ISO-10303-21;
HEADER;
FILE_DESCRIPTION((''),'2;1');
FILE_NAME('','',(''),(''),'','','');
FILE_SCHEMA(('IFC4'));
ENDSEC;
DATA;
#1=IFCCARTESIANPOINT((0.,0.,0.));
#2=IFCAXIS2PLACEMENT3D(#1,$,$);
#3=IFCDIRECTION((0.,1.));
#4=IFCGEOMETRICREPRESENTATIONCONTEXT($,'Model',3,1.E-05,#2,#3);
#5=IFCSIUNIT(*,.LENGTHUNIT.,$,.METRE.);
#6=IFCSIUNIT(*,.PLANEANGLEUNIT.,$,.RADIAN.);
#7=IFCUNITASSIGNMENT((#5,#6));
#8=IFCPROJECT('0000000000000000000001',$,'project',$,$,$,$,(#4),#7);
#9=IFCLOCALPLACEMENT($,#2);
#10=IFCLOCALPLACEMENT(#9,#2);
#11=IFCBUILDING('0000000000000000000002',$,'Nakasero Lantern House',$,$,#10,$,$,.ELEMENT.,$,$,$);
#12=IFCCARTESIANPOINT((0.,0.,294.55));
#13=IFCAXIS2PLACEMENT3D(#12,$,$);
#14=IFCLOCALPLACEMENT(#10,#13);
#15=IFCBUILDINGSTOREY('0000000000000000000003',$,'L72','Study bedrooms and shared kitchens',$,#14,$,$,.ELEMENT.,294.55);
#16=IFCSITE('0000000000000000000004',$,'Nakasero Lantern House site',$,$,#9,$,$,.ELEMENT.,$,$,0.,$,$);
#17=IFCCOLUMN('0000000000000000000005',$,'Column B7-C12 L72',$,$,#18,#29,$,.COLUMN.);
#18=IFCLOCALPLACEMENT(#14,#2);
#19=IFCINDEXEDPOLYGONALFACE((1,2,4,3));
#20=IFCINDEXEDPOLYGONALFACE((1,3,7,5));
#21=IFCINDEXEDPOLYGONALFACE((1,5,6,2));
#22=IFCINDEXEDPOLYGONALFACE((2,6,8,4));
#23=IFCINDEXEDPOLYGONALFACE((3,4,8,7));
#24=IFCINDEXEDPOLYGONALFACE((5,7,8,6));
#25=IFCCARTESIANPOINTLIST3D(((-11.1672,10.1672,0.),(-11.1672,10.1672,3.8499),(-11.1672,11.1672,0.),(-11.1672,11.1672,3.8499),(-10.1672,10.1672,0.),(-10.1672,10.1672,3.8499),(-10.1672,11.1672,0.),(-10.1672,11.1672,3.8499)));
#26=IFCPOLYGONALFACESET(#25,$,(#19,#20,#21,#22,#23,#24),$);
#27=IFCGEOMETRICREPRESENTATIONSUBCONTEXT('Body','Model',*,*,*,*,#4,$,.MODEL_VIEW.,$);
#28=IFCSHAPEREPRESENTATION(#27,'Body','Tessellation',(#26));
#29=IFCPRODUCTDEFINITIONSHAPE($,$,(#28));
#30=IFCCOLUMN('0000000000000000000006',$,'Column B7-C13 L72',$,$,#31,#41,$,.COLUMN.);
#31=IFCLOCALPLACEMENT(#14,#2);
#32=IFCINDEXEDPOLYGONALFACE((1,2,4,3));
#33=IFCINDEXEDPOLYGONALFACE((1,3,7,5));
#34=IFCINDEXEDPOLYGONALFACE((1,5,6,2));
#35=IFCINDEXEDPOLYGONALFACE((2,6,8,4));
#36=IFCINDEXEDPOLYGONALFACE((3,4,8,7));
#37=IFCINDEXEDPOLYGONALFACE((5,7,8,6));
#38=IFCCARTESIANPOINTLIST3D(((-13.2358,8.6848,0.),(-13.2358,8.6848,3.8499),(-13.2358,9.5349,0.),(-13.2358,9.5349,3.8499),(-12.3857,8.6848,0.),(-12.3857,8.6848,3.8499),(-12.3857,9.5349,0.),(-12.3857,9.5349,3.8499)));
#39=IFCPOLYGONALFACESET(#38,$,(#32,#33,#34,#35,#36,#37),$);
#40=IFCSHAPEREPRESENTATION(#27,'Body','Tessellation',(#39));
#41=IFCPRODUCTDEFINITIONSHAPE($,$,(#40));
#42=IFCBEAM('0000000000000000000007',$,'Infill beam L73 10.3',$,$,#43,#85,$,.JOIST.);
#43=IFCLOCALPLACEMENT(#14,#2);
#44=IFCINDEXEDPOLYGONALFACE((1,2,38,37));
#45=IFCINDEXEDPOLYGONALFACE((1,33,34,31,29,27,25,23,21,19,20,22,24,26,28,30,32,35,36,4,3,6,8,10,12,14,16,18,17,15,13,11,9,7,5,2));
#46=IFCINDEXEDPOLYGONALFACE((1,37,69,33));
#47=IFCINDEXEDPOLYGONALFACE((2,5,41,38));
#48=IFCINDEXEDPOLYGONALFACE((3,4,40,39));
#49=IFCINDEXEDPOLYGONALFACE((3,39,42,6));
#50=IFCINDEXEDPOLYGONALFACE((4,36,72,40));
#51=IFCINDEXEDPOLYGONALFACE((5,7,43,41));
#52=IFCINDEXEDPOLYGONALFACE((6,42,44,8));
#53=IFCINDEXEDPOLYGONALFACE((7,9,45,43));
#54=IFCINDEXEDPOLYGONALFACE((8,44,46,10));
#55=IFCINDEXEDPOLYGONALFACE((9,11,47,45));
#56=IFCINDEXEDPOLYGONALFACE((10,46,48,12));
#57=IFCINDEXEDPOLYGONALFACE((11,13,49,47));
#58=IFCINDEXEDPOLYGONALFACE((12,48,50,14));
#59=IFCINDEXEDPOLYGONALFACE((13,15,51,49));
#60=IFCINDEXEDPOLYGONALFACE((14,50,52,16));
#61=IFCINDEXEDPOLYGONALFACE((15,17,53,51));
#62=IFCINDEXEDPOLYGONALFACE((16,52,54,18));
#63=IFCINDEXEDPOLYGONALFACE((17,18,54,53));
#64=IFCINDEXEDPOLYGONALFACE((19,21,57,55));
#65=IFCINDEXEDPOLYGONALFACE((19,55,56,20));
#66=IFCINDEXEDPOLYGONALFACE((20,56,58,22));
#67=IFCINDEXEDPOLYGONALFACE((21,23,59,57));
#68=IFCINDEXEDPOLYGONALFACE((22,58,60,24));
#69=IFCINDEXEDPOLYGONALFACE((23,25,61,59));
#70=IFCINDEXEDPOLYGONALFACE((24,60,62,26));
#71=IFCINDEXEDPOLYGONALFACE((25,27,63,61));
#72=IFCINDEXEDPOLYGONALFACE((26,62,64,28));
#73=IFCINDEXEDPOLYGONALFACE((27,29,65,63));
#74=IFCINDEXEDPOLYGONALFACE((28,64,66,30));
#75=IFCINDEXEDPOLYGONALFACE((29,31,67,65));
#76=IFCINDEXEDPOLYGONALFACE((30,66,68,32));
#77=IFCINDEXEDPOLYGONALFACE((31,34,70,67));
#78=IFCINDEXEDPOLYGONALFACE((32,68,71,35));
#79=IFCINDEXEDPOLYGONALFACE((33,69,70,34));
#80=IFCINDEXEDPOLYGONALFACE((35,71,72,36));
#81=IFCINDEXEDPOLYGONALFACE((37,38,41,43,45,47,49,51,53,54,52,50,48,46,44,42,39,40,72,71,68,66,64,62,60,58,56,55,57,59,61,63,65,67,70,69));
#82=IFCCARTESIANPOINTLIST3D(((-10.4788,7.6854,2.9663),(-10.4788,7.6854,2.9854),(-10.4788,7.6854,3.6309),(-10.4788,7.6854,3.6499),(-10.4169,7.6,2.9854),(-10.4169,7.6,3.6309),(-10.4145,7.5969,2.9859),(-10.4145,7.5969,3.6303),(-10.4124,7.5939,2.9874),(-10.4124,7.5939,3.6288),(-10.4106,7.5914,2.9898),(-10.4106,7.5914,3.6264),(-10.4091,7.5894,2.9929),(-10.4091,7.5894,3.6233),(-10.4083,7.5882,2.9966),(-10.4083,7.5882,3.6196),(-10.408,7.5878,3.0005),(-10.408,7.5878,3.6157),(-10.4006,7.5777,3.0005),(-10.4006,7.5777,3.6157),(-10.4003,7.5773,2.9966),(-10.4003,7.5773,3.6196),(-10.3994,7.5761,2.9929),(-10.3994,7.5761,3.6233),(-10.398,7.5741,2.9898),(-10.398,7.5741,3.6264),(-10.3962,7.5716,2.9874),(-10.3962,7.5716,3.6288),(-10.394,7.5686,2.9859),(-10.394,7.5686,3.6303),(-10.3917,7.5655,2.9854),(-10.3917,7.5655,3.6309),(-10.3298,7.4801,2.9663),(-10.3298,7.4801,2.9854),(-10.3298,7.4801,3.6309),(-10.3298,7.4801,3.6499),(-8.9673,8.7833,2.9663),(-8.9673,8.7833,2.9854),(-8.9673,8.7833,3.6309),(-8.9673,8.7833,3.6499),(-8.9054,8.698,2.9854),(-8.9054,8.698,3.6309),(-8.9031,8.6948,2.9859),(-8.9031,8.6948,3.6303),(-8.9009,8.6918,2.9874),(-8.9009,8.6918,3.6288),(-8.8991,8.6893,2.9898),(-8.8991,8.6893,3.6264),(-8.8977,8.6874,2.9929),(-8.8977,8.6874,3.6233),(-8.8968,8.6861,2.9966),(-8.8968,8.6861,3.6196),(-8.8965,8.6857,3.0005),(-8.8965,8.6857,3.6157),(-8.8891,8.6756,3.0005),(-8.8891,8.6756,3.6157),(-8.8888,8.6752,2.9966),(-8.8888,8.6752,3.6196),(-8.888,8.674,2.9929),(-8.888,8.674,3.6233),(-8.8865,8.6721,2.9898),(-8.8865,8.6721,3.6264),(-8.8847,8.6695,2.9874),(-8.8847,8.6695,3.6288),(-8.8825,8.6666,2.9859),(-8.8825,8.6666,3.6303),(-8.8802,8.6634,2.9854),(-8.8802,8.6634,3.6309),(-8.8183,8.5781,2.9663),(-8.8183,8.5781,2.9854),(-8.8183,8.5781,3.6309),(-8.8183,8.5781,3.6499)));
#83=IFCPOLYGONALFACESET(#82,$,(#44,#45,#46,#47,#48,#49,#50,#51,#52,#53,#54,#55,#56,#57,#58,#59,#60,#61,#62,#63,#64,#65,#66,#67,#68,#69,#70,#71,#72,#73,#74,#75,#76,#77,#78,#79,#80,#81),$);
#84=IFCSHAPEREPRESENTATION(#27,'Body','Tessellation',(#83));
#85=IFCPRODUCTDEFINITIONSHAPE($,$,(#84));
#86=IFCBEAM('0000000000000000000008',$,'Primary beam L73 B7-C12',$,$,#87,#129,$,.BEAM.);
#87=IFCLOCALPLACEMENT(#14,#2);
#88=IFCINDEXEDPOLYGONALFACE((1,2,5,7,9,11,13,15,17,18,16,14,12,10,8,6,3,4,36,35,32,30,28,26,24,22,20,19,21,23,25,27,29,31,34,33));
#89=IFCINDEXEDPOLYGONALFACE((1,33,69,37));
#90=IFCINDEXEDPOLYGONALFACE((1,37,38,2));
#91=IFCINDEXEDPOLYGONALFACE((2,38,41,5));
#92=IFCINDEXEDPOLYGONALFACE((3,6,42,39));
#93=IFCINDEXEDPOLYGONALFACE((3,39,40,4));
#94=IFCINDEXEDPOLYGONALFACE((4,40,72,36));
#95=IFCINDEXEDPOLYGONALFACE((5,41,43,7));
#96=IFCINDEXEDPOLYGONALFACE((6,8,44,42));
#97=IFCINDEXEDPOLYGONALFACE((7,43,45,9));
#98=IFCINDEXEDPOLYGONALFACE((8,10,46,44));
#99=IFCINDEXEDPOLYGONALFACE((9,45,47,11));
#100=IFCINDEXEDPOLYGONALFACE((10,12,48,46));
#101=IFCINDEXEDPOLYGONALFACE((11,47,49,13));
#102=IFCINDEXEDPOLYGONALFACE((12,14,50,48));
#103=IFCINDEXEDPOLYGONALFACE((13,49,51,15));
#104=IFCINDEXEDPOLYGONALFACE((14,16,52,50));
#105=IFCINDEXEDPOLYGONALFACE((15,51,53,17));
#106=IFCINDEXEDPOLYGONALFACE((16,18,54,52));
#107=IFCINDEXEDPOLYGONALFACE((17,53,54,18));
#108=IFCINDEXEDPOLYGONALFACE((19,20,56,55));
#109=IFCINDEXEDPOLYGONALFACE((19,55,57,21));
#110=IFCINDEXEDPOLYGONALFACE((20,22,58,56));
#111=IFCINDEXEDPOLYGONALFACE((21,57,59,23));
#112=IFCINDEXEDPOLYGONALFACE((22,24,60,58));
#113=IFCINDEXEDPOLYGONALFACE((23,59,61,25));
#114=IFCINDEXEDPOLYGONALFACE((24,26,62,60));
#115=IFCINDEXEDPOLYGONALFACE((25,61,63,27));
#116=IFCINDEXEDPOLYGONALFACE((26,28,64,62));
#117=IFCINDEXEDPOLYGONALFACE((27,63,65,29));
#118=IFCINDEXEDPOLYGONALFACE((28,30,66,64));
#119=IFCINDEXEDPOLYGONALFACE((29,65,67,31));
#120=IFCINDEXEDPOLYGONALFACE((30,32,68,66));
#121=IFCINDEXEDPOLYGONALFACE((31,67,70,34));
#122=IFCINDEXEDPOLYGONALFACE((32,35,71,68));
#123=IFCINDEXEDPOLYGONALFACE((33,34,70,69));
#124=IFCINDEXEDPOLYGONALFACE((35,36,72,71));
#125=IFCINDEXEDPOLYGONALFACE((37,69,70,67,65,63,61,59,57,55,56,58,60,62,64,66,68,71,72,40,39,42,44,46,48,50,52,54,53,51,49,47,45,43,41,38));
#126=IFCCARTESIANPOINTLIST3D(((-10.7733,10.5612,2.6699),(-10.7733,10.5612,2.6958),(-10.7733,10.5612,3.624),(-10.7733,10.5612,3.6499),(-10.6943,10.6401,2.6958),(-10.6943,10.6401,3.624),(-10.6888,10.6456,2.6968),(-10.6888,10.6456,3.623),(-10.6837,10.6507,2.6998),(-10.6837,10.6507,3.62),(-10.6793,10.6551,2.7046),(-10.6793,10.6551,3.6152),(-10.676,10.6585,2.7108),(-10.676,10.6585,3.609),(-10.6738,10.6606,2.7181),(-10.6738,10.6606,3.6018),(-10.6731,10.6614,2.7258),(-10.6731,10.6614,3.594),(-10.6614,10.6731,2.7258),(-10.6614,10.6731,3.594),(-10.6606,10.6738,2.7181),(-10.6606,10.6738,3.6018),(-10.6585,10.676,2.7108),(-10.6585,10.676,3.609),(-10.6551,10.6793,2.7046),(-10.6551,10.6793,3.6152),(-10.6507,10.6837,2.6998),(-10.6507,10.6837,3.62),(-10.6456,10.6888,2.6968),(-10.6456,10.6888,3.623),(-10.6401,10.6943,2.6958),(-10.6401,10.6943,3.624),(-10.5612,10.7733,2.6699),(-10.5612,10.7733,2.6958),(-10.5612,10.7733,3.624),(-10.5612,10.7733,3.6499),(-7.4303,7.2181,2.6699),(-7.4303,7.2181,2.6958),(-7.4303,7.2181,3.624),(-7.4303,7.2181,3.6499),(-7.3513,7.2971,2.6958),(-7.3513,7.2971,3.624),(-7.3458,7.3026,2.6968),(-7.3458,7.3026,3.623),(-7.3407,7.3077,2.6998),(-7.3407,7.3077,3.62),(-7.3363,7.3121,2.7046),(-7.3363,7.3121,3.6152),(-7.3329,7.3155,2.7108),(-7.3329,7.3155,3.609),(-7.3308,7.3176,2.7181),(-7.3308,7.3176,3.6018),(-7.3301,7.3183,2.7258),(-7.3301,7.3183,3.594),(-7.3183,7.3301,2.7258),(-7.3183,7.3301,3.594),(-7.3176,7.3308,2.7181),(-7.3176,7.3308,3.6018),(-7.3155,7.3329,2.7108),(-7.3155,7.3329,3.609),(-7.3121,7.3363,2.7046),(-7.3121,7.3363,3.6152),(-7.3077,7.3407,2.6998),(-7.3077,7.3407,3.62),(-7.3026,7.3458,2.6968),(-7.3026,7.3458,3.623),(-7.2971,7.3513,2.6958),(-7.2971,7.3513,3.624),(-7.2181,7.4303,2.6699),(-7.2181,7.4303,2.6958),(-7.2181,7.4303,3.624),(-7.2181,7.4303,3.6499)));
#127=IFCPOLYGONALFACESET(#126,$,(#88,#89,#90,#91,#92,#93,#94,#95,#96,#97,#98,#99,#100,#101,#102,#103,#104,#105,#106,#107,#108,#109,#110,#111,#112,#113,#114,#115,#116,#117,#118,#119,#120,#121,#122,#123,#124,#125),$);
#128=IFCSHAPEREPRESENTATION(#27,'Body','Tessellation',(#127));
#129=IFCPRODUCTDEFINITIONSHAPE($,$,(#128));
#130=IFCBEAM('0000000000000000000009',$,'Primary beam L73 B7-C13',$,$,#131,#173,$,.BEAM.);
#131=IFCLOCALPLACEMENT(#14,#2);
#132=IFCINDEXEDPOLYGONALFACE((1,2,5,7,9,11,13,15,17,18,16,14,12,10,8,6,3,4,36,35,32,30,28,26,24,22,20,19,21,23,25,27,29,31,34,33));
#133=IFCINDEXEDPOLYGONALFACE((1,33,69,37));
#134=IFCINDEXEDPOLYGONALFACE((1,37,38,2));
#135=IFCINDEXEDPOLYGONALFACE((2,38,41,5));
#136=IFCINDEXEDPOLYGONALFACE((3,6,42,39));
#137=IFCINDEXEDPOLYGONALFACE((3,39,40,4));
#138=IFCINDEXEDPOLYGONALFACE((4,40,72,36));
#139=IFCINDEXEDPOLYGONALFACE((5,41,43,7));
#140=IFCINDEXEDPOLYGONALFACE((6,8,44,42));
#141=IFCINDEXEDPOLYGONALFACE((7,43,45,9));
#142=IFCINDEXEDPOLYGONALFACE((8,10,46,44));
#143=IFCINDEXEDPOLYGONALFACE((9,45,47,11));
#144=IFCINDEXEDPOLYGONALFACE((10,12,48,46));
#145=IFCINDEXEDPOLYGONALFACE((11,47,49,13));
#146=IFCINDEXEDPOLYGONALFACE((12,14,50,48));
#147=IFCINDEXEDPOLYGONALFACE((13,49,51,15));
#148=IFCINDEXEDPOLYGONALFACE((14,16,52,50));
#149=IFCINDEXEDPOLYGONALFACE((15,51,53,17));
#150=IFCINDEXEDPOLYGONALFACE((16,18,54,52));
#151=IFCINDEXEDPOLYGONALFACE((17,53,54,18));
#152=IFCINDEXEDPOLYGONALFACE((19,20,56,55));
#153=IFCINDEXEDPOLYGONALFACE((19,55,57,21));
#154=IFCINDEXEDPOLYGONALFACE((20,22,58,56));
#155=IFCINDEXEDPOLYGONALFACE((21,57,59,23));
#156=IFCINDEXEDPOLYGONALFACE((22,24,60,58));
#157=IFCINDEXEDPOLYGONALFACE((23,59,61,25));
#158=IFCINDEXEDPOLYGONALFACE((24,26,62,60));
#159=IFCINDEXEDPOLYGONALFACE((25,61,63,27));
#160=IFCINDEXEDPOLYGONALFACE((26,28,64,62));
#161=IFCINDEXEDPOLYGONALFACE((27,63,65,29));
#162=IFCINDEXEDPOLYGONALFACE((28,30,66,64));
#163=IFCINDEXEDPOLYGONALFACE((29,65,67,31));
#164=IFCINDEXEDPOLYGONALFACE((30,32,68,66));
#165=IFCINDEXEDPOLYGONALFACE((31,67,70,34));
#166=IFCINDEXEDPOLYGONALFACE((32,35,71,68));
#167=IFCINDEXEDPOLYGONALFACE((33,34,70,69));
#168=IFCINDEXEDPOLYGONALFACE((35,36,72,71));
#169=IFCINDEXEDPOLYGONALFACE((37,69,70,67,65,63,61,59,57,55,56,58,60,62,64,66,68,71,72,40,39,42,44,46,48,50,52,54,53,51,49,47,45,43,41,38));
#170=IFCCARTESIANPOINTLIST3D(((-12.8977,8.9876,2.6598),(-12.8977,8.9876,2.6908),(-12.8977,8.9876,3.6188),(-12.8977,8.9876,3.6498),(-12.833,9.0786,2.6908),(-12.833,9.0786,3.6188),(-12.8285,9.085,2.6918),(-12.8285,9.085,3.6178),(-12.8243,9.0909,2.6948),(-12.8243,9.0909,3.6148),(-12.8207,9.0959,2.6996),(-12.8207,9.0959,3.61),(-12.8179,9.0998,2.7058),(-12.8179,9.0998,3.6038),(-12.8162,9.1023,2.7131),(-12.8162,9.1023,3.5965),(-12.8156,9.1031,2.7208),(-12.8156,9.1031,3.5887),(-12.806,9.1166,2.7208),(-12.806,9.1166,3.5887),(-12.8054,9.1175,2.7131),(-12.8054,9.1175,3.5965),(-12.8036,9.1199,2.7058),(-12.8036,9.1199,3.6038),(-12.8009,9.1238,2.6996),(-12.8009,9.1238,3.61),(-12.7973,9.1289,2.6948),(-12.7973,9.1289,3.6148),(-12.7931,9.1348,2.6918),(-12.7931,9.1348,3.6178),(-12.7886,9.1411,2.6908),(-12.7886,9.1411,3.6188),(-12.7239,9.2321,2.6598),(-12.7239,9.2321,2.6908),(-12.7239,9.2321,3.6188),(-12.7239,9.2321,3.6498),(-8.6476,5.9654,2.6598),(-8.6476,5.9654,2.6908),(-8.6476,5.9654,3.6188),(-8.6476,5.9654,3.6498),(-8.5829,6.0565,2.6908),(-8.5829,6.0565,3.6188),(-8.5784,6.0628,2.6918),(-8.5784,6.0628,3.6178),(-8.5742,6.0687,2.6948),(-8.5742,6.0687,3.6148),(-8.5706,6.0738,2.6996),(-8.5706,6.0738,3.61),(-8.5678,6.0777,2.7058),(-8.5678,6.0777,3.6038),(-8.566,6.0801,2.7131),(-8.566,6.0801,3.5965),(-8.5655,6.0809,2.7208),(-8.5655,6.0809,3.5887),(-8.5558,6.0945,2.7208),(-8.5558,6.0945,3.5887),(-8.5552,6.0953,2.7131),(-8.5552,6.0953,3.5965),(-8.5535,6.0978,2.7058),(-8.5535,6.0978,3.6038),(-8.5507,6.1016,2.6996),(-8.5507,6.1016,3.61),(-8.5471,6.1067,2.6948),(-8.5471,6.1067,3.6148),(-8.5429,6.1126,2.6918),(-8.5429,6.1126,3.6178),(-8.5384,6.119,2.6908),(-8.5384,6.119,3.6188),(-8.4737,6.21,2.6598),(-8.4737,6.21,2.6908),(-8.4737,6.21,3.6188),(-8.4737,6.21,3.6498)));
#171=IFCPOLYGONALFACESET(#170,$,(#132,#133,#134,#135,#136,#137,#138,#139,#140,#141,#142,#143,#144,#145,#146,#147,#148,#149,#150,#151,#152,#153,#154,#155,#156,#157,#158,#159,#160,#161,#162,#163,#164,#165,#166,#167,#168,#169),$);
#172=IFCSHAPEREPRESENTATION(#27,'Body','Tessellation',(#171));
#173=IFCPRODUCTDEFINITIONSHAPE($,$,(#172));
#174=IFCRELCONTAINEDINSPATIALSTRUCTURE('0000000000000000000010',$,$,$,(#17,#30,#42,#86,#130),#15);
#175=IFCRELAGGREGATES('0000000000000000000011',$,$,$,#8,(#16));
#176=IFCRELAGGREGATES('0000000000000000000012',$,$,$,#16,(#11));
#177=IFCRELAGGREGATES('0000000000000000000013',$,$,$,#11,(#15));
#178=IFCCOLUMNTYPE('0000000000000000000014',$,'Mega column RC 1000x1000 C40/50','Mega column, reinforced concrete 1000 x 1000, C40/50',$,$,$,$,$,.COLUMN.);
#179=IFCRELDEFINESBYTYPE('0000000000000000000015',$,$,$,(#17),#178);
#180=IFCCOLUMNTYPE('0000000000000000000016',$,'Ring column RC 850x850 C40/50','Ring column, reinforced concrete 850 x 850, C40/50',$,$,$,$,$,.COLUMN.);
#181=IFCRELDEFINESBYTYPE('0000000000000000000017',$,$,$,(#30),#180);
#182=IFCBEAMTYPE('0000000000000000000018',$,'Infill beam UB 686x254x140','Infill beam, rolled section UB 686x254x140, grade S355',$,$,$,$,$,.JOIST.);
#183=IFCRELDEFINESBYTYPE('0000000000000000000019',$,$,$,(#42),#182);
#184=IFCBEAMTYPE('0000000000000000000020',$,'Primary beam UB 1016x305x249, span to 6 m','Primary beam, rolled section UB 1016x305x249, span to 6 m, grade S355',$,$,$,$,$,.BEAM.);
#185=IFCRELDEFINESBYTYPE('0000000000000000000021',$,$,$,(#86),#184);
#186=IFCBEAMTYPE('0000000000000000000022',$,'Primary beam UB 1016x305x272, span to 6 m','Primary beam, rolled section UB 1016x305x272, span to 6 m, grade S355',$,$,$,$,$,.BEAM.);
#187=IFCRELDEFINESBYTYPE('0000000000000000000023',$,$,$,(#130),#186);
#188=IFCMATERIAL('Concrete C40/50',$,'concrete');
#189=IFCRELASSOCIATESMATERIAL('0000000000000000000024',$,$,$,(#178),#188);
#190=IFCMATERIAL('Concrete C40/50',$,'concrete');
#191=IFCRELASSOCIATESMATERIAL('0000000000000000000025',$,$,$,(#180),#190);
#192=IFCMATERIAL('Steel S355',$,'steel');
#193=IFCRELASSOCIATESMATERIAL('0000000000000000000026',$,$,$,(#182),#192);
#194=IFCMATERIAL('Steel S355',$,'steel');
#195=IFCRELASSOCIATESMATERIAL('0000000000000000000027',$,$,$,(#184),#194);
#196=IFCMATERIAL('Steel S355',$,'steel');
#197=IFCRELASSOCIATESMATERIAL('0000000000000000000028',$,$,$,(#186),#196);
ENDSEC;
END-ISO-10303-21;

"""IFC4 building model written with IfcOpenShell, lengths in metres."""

from ifc_helpers import new_model, si_unit, direction, frame, origin, origin_2d, place, context, subcontext, project, spatial, rectangle, i_section, extrude, material, material_profile, profile_set, type_object, element, save


model = new_model("IFC4")

# Units and contexts
model_context = context("Model", 3, precision=1e-05, world=origin(), true_north=direction((0.0, 1.0)))
body_context = subcontext(model_context, "Body", "Model", "MODEL_VIEW")
ifc_project = project(units=[si_unit("LENGTHUNIT", "METRE"), si_unit("PLANEANGLEUNIT", "RADIAN")], contexts=[model_context])

# Site, building, storey
site_placement = place(None, origin())
site = spatial("IfcSite", under=ifc_project, at=site_placement, Name="Nakasero Lantern House site", CompositionType="ELEMENT", RefElevation=0.0)
building_placement = place(site_placement, origin())
building = spatial("IfcBuilding", under=site, at=building_placement, Name="Nakasero Lantern House", CompositionType="ELEMENT")
storey_placement = place(building_placement, frame((0.0, 0.0, 294.55)))
storey = spatial("IfcBuildingStorey", under=building, at=storey_placement, Name="L72", Description="Study bedrooms and shared kitchens", CompositionType="ELEMENT", Elevation=294.55)

# Columns
ifc_material_1 = material(Name="Concrete C40/50", Category="concrete")
ifc_material_profile_1 = material_profile(ifc_material_1, rectangle(XDim=1.0, YDim=1.0, at=origin_2d()), Name="RC 1000x1000")
ifc_profile_set_1 = profile_set([ifc_material_profile_1], Name="Concrete C40/50")
column_type_1 = type_object("IfcColumnType", Name="Mega column RC 1000x1000 C40/50", Description="Mega column, reinforced concrete 1000 x 1000, C40/50", PredefinedType="COLUMN", material=ifc_profile_set_1)
column_1_placement = place(storey_placement, frame((-10.6672, 10.6672, 0.0), z_axis=(0.0, 0.0, 1.0), x_axis=(1.0, 0.0, 0.0)))
element("IfcColumn", 1, at=column_1_placement, inside=storey, type_object=column_type_1, Name="Column B7-C12 L72", PredefinedType="COLUMN", context=body_context, shape_type="SweptSolid", body=[
    extrude(rectangle(XDim=1.0, YDim=1.0, at=origin_2d()), origin(), (0.0, 0.0, 1.0), 3.8499),
])
ifc_material_2 = material(Name="Concrete C40/50", Category="concrete")
ifc_material_profile_2 = material_profile(ifc_material_2, rectangle(XDim=0.8501, YDim=0.8501, at=origin_2d()), Name="RC 850x850")
ifc_profile_set_2 = profile_set([ifc_material_profile_2], Name="Concrete C40/50")
column_type_2 = type_object("IfcColumnType", Name="Ring column RC 850x850 C40/50", Description="Ring column, reinforced concrete 850 x 850, C40/50", PredefinedType="COLUMN", material=ifc_profile_set_2)
column_2_placement = place(storey_placement, frame((-12.8108, 9.1099, 0.0), z_axis=(0.0, 0.0, 1.0), x_axis=(1.0, 0.0, 0.0)))
element("IfcColumn", 2, at=column_2_placement, inside=storey, type_object=column_type_2, Name="Column B7-C13 L72", PredefinedType="COLUMN", context=body_context, shape_type="SweptSolid", body=[
    extrude(rectangle(XDim=0.8501, YDim=0.8501, at=origin_2d()), origin(), (0.0, 0.0, 1.0), 3.8499),
])

# Beams
ifc_material_3 = material(Name="Steel S355", Category="steel")
ifc_material_profile_3 = material_profile(ifc_material_3, i_section(OverallWidth=0.2537, OverallDepth=0.6836, WebThickness=0.0125, FlangeThickness=0.019, FilletRadius=0.0151, at=origin_2d()), Name="UB 686x254x140")
ifc_profile_set_3 = profile_set([ifc_material_profile_3], Name="Steel S355")
beam_type_1 = type_object("IfcBeamType", Name="Infill beam UB 686x254x140", Description="Infill beam, rolled section UB 686x254x140, grade S355", PredefinedType="JOIST", material=ifc_profile_set_3)
beam_1_placement = place(storey_placement, frame((-10.4043, 7.5828, 3.3081), z_axis=(0.809081, 0.587698, 0.0), x_axis=(-0.587698, 0.809081, 0.0)))
element("IfcBeam", 3, at=beam_1_placement, inside=storey, type_object=beam_type_1, Name="Infill beam L73 10.3", PredefinedType="JOIST", context=body_context, shape_type="SweptSolid", body=[
    extrude(i_section(OverallWidth=0.2537, OverallDepth=0.6836, WebThickness=0.0125, FlangeThickness=0.019, FilletRadius=0.0151, at=origin_2d()), origin(), (0.0, 0.0, 1.0), 1.8682),
])
ifc_material_4 = material(Name="Steel S355", Category="steel")
ifc_material_profile_4 = material_profile(ifc_material_4, i_section(OverallWidth=0.3, OverallDepth=0.98, WebThickness=0.0166, FlangeThickness=0.0259, FilletRadius=0.03, at=origin_2d()), Name="UB 1016x305x249")
ifc_profile_set_4 = profile_set([ifc_material_profile_4], Name="Steel S355")
beam_type_2 = type_object("IfcBeamType", Name="Primary beam UB 1016x305x249, span to 6 m", Description="Primary beam, rolled section UB 1016x305x249, span to 6 m, grade S355", PredefinedType="BEAM", material=ifc_profile_set_4)
beam_2_placement = place(storey_placement, frame((-10.6672, 10.6672, 3.1599), z_axis=(0.707107, -0.707107, 0.0), x_axis=(0.707107, 0.707107, 0.0)))
element("IfcBeam", 4, at=beam_2_placement, inside=storey, type_object=beam_type_2, Name="Primary beam L73 B7-C12", PredefinedType="BEAM", context=body_context, shape_type="SweptSolid", body=[
    extrude(i_section(OverallWidth=0.3, OverallDepth=0.98, WebThickness=0.0166, FlangeThickness=0.0259, FilletRadius=0.03, at=origin_2d()), origin(), (0.0, 0.0, 1.0), 4.7278),
])
ifc_material_5 = material(Name="Steel S355", Category="steel")
ifc_material_profile_5 = material_profile(ifc_material_5, i_section(OverallWidth=0.3, OverallDepth=0.99, WebThickness=0.0166, FlangeThickness=0.031, FilletRadius=0.03, at=origin_2d()), Name="UB 1016x305x272")
ifc_profile_set_5 = profile_set([ifc_material_profile_5], Name="Steel S355")
beam_type_3 = type_object("IfcBeamType", Name="Primary beam UB 1016x305x272, span to 6 m", Description="Primary beam, rolled section UB 1016x305x272, span to 6 m, grade S355", PredefinedType="BEAM", material=ifc_profile_set_5)
beam_3_placement = place(storey_placement, frame((-12.8108, 9.1099, 3.1548), z_axis=(0.814972, -0.579501, 0.0), x_axis=(0.579501, 0.814972, 0.0)))
element("IfcBeam", 5, at=beam_3_placement, inside=storey, type_object=beam_type_3, Name="Primary beam L73 B7-C13", PredefinedType="BEAM", context=body_context, shape_type="SweptSolid", body=[
    extrude(i_section(OverallWidth=0.3, OverallDepth=0.99, WebThickness=0.0166, FlangeThickness=0.031, FilletRadius=0.03, at=origin_2d()), origin(), (0.0, 0.0, 1.0), 5.2151),
])

save(model, "model.ifc")
